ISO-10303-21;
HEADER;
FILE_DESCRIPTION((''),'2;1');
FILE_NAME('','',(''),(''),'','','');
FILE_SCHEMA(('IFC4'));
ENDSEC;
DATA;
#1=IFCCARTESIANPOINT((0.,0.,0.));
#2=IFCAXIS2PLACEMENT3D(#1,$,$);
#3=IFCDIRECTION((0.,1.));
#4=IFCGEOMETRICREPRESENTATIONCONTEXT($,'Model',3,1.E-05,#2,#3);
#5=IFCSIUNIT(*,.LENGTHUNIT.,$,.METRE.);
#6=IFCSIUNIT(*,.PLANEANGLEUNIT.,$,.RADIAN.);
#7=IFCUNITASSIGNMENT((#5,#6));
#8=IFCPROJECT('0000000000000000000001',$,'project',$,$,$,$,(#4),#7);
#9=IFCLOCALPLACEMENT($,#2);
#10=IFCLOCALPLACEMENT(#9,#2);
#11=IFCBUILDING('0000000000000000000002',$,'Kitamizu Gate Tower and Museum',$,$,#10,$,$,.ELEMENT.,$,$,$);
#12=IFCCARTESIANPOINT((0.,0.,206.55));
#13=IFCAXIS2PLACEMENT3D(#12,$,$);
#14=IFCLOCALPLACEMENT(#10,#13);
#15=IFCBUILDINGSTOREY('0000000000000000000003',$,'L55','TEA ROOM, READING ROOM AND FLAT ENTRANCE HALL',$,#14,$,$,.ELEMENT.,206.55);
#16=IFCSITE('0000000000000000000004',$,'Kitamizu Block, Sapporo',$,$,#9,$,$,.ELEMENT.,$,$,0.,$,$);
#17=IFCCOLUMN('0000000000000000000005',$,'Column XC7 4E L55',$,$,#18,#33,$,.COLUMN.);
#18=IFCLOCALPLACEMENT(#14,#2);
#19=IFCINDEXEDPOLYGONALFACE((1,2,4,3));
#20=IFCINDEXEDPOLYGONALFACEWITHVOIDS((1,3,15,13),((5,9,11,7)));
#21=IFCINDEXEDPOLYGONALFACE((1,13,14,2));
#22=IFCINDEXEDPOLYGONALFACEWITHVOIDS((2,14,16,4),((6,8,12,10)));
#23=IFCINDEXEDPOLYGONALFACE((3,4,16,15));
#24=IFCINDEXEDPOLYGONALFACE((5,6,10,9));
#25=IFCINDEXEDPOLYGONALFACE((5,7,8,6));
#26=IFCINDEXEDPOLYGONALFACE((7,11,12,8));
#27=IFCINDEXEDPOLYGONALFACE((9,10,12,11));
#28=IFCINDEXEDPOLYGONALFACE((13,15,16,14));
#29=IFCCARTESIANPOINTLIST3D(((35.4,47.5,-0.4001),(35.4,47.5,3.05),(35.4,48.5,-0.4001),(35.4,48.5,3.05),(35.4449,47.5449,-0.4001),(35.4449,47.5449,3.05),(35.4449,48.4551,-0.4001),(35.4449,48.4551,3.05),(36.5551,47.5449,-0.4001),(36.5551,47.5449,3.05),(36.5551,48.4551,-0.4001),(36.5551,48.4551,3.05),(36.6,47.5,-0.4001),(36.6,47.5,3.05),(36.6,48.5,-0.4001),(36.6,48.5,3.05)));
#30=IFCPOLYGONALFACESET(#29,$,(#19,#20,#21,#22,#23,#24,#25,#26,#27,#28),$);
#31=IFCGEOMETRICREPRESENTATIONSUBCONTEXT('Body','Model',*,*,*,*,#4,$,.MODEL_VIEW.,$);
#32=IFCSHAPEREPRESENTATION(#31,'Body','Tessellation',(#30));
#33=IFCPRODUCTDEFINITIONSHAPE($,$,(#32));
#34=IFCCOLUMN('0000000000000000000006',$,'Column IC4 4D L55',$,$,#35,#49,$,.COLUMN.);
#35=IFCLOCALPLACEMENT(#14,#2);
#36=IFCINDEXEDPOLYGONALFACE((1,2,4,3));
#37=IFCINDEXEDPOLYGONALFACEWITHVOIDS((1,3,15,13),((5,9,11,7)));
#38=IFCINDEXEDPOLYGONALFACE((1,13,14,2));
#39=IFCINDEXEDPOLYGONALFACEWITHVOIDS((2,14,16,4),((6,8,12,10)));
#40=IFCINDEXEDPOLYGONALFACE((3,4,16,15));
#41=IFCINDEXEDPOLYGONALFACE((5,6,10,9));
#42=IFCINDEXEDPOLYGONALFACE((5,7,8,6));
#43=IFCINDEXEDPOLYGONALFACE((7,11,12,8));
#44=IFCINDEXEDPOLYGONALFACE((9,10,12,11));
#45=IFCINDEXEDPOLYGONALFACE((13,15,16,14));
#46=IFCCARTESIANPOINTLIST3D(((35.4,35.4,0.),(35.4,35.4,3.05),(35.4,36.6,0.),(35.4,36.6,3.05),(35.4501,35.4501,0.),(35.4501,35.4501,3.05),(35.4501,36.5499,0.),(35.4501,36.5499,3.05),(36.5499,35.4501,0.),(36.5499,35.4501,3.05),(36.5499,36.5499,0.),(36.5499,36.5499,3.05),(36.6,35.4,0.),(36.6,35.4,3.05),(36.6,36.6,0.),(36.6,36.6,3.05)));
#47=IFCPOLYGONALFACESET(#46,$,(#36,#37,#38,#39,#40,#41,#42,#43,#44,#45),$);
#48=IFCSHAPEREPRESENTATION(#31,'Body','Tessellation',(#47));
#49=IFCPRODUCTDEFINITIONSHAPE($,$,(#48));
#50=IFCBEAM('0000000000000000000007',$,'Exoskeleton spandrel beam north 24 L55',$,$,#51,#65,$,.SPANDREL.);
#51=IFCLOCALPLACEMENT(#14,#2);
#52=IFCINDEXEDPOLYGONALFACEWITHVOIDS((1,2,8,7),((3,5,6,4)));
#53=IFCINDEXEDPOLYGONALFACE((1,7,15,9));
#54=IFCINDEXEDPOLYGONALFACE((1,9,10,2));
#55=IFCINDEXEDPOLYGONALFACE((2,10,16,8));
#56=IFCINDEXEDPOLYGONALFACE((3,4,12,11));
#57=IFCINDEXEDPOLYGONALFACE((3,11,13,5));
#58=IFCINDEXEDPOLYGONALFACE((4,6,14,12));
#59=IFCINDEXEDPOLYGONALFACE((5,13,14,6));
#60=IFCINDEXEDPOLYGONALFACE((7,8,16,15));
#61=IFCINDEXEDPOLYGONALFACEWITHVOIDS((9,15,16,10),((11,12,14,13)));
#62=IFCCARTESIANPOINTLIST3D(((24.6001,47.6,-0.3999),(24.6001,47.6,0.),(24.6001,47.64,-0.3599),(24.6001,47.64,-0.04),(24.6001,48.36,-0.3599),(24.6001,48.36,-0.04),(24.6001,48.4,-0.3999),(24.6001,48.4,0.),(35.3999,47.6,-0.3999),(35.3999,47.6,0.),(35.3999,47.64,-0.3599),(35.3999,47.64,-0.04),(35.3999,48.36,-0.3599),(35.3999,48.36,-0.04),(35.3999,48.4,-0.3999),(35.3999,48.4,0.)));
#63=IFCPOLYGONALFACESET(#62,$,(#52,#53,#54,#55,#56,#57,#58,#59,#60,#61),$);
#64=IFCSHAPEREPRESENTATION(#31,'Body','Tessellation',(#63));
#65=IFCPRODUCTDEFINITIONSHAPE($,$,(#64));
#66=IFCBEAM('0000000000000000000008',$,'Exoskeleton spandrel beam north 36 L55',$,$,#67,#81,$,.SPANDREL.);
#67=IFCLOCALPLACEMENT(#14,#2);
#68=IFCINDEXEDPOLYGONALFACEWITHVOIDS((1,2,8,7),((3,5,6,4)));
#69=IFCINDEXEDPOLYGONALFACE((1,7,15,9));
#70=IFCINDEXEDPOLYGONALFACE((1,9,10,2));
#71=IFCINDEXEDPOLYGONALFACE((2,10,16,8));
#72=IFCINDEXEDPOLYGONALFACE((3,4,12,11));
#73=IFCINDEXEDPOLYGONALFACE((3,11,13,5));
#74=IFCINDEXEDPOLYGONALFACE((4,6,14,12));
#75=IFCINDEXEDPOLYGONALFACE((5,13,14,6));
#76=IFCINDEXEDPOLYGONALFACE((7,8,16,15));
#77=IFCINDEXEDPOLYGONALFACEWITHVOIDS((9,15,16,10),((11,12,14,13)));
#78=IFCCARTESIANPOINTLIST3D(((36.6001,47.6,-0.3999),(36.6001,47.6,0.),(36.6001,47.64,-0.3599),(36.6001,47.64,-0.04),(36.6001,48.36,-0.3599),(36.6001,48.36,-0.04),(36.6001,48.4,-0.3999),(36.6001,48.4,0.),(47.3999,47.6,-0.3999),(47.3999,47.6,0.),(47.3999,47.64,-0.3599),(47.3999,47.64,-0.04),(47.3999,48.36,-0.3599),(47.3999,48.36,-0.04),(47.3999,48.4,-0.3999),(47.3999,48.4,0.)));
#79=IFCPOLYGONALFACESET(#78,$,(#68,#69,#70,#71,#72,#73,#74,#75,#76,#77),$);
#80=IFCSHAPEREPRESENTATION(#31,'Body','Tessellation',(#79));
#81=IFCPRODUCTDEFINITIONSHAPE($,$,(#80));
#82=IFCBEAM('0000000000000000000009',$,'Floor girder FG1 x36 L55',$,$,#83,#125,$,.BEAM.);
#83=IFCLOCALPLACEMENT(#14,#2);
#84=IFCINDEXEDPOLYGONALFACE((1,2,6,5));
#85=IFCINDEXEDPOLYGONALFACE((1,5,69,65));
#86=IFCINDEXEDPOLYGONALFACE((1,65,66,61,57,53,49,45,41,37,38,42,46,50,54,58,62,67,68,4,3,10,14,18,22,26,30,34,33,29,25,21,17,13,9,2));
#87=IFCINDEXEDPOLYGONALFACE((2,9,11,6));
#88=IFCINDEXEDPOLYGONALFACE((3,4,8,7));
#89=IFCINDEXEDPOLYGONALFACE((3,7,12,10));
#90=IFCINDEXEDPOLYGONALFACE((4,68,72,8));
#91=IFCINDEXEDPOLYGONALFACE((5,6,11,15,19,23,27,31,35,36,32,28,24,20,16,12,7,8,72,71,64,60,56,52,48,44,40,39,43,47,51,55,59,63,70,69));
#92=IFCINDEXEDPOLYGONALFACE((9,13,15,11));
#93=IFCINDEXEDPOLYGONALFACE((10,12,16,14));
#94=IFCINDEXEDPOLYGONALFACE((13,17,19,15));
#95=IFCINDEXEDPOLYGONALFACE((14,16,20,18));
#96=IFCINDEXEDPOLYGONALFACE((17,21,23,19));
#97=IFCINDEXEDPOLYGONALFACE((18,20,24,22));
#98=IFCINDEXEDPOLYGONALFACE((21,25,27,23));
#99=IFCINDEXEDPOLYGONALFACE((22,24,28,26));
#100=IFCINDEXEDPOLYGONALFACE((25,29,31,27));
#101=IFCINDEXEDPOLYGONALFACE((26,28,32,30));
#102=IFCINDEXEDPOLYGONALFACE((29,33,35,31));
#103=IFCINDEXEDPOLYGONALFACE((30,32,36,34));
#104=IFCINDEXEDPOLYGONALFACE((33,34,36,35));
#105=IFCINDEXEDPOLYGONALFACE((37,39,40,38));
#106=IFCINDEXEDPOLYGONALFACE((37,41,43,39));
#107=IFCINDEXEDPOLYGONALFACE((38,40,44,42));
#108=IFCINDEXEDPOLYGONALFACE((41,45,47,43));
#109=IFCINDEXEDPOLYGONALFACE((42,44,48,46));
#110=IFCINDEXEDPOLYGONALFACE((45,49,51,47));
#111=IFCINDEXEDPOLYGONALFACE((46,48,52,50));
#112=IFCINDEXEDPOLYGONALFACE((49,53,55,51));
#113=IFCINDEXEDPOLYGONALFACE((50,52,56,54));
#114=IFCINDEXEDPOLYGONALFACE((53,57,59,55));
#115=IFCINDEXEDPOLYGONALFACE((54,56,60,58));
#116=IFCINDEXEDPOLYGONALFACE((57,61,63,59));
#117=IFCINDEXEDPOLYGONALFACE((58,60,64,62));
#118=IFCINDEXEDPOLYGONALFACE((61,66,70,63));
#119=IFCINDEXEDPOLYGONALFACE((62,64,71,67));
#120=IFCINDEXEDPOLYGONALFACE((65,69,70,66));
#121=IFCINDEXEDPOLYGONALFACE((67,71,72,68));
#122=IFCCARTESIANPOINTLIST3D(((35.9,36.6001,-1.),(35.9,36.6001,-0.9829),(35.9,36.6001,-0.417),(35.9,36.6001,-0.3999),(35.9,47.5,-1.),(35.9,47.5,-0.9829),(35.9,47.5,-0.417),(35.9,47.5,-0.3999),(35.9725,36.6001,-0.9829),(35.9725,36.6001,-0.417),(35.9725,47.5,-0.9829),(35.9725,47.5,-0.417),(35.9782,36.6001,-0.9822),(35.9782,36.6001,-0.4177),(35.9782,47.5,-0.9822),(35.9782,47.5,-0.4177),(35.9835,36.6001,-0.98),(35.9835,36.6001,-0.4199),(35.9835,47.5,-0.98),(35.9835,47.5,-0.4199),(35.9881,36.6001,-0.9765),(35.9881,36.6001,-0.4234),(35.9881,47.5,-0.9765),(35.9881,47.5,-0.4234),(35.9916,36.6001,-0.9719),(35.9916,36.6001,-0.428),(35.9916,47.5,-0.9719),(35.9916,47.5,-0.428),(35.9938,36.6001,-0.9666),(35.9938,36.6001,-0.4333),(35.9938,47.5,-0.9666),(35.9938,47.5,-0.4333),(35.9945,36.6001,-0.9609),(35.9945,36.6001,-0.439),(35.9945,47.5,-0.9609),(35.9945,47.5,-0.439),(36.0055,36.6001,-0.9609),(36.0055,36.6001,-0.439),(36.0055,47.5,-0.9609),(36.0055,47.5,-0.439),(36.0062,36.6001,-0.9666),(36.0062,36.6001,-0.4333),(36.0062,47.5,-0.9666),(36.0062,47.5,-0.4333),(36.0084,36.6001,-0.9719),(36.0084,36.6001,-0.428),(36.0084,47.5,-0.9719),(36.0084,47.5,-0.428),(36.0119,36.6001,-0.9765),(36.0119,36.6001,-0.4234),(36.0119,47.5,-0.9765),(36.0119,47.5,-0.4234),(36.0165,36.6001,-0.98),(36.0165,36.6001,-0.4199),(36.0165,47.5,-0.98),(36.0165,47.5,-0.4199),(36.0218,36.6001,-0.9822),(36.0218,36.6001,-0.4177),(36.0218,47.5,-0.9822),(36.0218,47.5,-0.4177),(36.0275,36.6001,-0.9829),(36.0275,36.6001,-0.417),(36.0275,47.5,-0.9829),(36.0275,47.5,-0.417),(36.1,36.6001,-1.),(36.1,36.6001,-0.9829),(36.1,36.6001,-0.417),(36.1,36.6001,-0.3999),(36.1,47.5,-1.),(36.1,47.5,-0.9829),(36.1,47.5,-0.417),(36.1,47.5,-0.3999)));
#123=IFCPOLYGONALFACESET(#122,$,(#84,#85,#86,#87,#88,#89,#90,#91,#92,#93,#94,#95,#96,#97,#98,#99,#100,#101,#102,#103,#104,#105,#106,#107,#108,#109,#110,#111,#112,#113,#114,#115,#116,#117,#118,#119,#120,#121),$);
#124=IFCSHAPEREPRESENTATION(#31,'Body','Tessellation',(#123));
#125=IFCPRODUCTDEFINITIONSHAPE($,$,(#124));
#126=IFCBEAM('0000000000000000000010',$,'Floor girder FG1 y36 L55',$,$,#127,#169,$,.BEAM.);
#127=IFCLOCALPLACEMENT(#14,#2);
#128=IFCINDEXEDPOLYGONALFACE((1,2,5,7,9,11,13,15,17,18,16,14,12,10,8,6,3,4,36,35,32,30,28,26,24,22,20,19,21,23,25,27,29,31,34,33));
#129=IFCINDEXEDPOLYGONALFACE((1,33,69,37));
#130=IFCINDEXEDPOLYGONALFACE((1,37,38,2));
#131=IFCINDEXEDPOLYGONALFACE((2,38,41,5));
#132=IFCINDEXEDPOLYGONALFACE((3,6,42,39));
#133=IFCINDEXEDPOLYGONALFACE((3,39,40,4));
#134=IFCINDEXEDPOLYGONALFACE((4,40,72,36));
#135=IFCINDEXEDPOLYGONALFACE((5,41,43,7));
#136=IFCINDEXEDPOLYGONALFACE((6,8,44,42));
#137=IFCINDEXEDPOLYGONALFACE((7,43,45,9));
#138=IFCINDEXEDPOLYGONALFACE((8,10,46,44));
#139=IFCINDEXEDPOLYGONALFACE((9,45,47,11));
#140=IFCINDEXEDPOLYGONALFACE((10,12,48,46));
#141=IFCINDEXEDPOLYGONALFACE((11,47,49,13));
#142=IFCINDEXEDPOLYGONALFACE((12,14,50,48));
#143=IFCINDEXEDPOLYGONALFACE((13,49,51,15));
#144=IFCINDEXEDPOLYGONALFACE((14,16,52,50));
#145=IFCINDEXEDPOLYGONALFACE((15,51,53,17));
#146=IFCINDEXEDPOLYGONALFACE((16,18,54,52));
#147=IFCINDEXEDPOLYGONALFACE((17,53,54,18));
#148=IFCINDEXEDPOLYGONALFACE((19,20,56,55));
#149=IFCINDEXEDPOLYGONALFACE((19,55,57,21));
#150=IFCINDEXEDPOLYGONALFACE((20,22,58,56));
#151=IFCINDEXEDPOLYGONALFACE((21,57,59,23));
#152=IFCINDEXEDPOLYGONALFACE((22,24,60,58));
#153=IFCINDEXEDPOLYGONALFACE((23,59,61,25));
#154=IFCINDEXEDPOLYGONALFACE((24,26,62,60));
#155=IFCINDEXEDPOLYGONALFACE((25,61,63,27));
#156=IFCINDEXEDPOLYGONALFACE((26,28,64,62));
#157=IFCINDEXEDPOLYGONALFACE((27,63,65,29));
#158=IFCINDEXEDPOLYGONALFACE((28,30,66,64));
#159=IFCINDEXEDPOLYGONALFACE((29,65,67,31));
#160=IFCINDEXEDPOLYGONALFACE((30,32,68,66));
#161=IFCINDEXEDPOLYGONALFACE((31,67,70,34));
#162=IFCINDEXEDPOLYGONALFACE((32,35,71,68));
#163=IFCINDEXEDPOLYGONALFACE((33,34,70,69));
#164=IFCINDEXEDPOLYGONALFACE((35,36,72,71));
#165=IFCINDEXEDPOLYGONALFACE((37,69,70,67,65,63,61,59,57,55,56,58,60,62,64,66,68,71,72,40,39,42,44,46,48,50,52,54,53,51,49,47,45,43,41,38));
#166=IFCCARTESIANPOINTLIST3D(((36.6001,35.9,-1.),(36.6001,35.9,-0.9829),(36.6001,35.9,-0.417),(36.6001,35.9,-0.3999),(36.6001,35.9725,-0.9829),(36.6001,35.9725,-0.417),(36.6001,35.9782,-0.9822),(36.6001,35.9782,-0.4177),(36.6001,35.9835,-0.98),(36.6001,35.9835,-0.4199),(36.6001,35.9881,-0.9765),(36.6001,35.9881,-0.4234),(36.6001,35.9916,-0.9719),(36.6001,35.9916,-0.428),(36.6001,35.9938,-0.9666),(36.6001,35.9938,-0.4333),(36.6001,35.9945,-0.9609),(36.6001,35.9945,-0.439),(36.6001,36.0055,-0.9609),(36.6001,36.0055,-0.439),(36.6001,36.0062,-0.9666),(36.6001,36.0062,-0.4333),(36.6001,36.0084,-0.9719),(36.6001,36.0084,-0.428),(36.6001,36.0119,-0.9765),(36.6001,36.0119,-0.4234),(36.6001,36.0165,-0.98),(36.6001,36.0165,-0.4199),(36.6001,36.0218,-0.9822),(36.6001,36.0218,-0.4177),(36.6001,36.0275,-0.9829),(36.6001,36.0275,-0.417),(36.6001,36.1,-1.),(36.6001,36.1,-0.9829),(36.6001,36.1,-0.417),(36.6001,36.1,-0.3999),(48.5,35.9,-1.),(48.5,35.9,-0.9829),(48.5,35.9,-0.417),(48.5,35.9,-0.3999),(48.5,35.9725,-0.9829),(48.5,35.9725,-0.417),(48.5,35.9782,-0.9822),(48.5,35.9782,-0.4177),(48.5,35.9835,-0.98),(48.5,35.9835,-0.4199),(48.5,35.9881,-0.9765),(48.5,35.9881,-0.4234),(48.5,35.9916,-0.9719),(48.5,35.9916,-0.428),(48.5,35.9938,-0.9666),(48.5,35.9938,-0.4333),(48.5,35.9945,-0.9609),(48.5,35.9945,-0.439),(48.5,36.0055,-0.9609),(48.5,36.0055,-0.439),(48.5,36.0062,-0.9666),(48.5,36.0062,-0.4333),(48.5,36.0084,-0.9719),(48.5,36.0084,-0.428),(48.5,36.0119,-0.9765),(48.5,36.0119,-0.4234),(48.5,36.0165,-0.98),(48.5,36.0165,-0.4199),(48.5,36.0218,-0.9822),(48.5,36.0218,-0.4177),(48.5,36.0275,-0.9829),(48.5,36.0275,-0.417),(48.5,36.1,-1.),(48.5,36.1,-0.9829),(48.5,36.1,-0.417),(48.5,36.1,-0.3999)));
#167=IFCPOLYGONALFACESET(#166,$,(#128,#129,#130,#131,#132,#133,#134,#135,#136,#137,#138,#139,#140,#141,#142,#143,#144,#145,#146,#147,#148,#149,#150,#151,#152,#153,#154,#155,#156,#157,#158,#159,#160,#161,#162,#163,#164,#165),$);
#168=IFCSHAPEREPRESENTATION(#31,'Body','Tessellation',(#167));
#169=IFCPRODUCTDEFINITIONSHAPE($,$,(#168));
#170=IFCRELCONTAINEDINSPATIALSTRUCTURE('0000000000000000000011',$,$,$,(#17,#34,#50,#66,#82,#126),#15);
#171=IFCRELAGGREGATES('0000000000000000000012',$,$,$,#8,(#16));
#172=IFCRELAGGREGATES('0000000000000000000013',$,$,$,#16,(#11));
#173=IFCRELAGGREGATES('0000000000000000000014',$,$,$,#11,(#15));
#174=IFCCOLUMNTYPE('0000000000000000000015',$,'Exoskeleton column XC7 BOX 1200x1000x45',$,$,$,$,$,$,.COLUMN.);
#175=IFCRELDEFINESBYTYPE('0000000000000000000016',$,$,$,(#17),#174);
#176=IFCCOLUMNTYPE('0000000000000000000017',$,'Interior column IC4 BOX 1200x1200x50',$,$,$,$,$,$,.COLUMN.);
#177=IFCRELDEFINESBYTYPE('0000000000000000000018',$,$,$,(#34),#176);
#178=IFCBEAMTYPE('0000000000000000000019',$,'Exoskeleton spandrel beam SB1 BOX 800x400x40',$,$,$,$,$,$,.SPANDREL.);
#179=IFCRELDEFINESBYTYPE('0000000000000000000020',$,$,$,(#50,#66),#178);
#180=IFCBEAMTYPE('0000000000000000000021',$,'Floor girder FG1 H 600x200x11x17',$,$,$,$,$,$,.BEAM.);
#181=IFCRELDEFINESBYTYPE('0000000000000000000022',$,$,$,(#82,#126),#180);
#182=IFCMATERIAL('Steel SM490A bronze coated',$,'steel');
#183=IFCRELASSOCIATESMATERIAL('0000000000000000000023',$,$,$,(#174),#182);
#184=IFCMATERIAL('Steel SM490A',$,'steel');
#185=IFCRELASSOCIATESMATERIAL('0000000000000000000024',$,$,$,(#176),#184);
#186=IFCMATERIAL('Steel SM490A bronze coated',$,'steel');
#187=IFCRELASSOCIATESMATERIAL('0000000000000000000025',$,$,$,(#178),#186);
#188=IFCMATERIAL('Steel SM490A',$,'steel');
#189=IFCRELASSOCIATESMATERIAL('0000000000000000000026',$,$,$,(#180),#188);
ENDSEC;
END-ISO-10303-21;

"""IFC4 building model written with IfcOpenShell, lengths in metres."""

from ifc_helpers import new_model, si_unit, direction, frame, origin, origin_2d, place, context, subcontext, project, spatial, hollow_rectangle, i_section, extrude, material, material_profile, profile_set, type_object, element, save


model = new_model("IFC4")

# Units and contexts
model_context = context("Model", 3, precision=1e-05, world=origin(), true_north=direction((0.0, 1.0)))
body_context = subcontext(model_context, "Body", "Model", "MODEL_VIEW")
ifc_project = project(units=[si_unit("LENGTHUNIT", "METRE"), si_unit("PLANEANGLEUNIT", "RADIAN")], contexts=[model_context])

# Site, building, storey
site_placement = place(None, origin())
site = spatial("IfcSite", under=ifc_project, at=site_placement, Name="Kitamizu Block, Sapporo", CompositionType="ELEMENT", RefElevation=0.0)
building_placement = place(site_placement, origin())
building = spatial("IfcBuilding", under=site, at=building_placement, Name="Kitamizu Gate Tower and Museum", CompositionType="ELEMENT")
storey_placement = place(building_placement, frame((0.0, 0.0, 206.55)))
storey = spatial("IfcBuildingStorey", under=building, at=storey_placement, Name="L55", Description="TEA ROOM, READING ROOM AND FLAT ENTRANCE HALL", CompositionType="ELEMENT", Elevation=206.55)

# Columns
ifc_material_1 = material(Name="Steel SM490A bronze coated", Category="steel")
ifc_material_profile_1 = material_profile(ifc_material_1, hollow_rectangle(XDim=1.2, YDim=1.0, WallThickness=0.0449, at=origin_2d()), Name="BOX 1200x1000x45")
ifc_profile_set_1 = profile_set([ifc_material_profile_1], Name="Steel SM490A bronze coated")
column_type_1 = type_object("IfcColumnType", Name="Exoskeleton column XC7 BOX 1200x1000x45", PredefinedType="COLUMN", material=ifc_profile_set_1)
column_1_placement = place(storey_placement, frame((36.0, 48.0, -0.4001), z_axis=(0.0, 0.0, 1.0), x_axis=(1.0, 0.0, 0.0)))
element("IfcColumn", 1, at=column_1_placement, inside=storey, type_object=column_type_1, Name="Column XC7 4E L55", PredefinedType="COLUMN", context=body_context, shape_type="SweptSolid", body=[
    extrude(hollow_rectangle(XDim=1.2, YDim=1.0, WallThickness=0.0449, at=origin_2d()), origin(), (0.0, 0.0, 1.0), 3.4502),
])
ifc_material_2 = material(Name="Steel SM490A", Category="steel")
ifc_material_profile_2 = material_profile(ifc_material_2, hollow_rectangle(XDim=1.2, YDim=1.2, WallThickness=0.05, at=origin_2d()), Name="BOX 1200x1200x50")
ifc_profile_set_2 = profile_set([ifc_material_profile_2], Name="Steel SM490A")
column_type_2 = type_object("IfcColumnType", Name="Interior column IC4 BOX 1200x1200x50", PredefinedType="COLUMN", material=ifc_profile_set_2)
column_2_placement = place(storey_placement, frame((36.0, 36.0, 0.0), z_axis=(0.0, 0.0, 1.0), x_axis=(1.0, 0.0, 0.0)))
element("IfcColumn", 2, at=column_2_placement, inside=storey, type_object=column_type_2, Name="Column IC4 4D L55", PredefinedType="COLUMN", context=body_context, shape_type="SweptSolid", body=[
    extrude(hollow_rectangle(XDim=1.2, YDim=1.2, WallThickness=0.05, at=origin_2d()), origin(), (0.0, 0.0, 1.0), 3.05),
])

# Beams
ifc_material_3 = material(Name="Steel SM490A bronze coated", Category="steel")
ifc_material_profile_3 = material_profile(ifc_material_3, hollow_rectangle(XDim=0.8, YDim=0.3999, WallThickness=0.04, at=origin_2d()), Name="BOX 800x400x40")
ifc_profile_set_3 = profile_set([ifc_material_profile_3], Name="Steel SM490A bronze coated")
beam_type_1 = type_object("IfcBeamType", Name="Exoskeleton spandrel beam SB1 BOX 800x400x40", PredefinedType="SPANDREL", material=ifc_profile_set_3)
for number, where, z_axis, x_axis, name in (
    (3, (24.6001, 48.0, -0.2), (1.0, 0.0, 0.0), (0.0, 1.0, 0.0), "Exoskeleton spandrel beam north 24 L55"),
    (4, (36.6001, 48.0, -0.2), (1.0, 0.0, 0.0), (0.0, 1.0, 0.0), "Exoskeleton spandrel beam north 36 L55"),
):
    element("IfcBeam", number, at=place(storey_placement, frame(where, z_axis=z_axis, x_axis=x_axis)), inside=storey, type_object=beam_type_1, Name=name, PredefinedType="SPANDREL", context=body_context, shape_type="SweptSolid", body=[
        extrude(hollow_rectangle(XDim=0.8, YDim=0.3999, WallThickness=0.04, at=origin_2d()), origin(), (0.0, 0.0, 1.0), 10.7998),
    ])
ifc_material_4 = material(Name="Steel SM490A", Category="steel")
ifc_material_profile_4 = material_profile(ifc_material_4, i_section(OverallWidth=0.2, OverallDepth=0.6001, WebThickness=0.011, FlangeThickness=0.0171, FilletRadius=0.022, at=origin_2d()), Name="H-600x200x11x17")
ifc_profile_set_4 = profile_set([ifc_material_profile_4], Name="Steel SM490A")
beam_type_2 = type_object("IfcBeamType", Name="Floor girder FG1 H 600x200x11x17", PredefinedType="BEAM", material=ifc_profile_set_4)
beam_1_placement = place(storey_placement, frame((36.0, 36.6001, -0.7), z_axis=(0.0, 1.0, 0.0), x_axis=(-1.0, 0.0, 0.0)))
element("IfcBeam", 5, at=beam_1_placement, inside=storey, type_object=beam_type_2, Name="Floor girder FG1 x36 L55", PredefinedType="BEAM", context=body_context, shape_type="SweptSolid", body=[
    extrude(i_section(OverallWidth=0.2, OverallDepth=0.6001, WebThickness=0.011, FlangeThickness=0.0171, FilletRadius=0.022, at=origin_2d()), origin(), (0.0, 0.0, 1.0), 10.8999),
])
beam_2_placement = place(storey_placement, frame((36.6001, 36.0, -0.7), z_axis=(1.0, 0.0, 0.0), x_axis=(0.0, 1.0, 0.0)))
element("IfcBeam", 6, at=beam_2_placement, inside=storey, type_object=beam_type_2, Name="Floor girder FG1 y36 L55", PredefinedType="BEAM", context=body_context, shape_type="SweptSolid", body=[
    extrude(i_section(OverallWidth=0.2, OverallDepth=0.6001, WebThickness=0.011, FlangeThickness=0.0171, FilletRadius=0.022, at=origin_2d()), origin(), (0.0, 0.0, 1.0), 11.8999),
])

save(model, "model.ifc")
